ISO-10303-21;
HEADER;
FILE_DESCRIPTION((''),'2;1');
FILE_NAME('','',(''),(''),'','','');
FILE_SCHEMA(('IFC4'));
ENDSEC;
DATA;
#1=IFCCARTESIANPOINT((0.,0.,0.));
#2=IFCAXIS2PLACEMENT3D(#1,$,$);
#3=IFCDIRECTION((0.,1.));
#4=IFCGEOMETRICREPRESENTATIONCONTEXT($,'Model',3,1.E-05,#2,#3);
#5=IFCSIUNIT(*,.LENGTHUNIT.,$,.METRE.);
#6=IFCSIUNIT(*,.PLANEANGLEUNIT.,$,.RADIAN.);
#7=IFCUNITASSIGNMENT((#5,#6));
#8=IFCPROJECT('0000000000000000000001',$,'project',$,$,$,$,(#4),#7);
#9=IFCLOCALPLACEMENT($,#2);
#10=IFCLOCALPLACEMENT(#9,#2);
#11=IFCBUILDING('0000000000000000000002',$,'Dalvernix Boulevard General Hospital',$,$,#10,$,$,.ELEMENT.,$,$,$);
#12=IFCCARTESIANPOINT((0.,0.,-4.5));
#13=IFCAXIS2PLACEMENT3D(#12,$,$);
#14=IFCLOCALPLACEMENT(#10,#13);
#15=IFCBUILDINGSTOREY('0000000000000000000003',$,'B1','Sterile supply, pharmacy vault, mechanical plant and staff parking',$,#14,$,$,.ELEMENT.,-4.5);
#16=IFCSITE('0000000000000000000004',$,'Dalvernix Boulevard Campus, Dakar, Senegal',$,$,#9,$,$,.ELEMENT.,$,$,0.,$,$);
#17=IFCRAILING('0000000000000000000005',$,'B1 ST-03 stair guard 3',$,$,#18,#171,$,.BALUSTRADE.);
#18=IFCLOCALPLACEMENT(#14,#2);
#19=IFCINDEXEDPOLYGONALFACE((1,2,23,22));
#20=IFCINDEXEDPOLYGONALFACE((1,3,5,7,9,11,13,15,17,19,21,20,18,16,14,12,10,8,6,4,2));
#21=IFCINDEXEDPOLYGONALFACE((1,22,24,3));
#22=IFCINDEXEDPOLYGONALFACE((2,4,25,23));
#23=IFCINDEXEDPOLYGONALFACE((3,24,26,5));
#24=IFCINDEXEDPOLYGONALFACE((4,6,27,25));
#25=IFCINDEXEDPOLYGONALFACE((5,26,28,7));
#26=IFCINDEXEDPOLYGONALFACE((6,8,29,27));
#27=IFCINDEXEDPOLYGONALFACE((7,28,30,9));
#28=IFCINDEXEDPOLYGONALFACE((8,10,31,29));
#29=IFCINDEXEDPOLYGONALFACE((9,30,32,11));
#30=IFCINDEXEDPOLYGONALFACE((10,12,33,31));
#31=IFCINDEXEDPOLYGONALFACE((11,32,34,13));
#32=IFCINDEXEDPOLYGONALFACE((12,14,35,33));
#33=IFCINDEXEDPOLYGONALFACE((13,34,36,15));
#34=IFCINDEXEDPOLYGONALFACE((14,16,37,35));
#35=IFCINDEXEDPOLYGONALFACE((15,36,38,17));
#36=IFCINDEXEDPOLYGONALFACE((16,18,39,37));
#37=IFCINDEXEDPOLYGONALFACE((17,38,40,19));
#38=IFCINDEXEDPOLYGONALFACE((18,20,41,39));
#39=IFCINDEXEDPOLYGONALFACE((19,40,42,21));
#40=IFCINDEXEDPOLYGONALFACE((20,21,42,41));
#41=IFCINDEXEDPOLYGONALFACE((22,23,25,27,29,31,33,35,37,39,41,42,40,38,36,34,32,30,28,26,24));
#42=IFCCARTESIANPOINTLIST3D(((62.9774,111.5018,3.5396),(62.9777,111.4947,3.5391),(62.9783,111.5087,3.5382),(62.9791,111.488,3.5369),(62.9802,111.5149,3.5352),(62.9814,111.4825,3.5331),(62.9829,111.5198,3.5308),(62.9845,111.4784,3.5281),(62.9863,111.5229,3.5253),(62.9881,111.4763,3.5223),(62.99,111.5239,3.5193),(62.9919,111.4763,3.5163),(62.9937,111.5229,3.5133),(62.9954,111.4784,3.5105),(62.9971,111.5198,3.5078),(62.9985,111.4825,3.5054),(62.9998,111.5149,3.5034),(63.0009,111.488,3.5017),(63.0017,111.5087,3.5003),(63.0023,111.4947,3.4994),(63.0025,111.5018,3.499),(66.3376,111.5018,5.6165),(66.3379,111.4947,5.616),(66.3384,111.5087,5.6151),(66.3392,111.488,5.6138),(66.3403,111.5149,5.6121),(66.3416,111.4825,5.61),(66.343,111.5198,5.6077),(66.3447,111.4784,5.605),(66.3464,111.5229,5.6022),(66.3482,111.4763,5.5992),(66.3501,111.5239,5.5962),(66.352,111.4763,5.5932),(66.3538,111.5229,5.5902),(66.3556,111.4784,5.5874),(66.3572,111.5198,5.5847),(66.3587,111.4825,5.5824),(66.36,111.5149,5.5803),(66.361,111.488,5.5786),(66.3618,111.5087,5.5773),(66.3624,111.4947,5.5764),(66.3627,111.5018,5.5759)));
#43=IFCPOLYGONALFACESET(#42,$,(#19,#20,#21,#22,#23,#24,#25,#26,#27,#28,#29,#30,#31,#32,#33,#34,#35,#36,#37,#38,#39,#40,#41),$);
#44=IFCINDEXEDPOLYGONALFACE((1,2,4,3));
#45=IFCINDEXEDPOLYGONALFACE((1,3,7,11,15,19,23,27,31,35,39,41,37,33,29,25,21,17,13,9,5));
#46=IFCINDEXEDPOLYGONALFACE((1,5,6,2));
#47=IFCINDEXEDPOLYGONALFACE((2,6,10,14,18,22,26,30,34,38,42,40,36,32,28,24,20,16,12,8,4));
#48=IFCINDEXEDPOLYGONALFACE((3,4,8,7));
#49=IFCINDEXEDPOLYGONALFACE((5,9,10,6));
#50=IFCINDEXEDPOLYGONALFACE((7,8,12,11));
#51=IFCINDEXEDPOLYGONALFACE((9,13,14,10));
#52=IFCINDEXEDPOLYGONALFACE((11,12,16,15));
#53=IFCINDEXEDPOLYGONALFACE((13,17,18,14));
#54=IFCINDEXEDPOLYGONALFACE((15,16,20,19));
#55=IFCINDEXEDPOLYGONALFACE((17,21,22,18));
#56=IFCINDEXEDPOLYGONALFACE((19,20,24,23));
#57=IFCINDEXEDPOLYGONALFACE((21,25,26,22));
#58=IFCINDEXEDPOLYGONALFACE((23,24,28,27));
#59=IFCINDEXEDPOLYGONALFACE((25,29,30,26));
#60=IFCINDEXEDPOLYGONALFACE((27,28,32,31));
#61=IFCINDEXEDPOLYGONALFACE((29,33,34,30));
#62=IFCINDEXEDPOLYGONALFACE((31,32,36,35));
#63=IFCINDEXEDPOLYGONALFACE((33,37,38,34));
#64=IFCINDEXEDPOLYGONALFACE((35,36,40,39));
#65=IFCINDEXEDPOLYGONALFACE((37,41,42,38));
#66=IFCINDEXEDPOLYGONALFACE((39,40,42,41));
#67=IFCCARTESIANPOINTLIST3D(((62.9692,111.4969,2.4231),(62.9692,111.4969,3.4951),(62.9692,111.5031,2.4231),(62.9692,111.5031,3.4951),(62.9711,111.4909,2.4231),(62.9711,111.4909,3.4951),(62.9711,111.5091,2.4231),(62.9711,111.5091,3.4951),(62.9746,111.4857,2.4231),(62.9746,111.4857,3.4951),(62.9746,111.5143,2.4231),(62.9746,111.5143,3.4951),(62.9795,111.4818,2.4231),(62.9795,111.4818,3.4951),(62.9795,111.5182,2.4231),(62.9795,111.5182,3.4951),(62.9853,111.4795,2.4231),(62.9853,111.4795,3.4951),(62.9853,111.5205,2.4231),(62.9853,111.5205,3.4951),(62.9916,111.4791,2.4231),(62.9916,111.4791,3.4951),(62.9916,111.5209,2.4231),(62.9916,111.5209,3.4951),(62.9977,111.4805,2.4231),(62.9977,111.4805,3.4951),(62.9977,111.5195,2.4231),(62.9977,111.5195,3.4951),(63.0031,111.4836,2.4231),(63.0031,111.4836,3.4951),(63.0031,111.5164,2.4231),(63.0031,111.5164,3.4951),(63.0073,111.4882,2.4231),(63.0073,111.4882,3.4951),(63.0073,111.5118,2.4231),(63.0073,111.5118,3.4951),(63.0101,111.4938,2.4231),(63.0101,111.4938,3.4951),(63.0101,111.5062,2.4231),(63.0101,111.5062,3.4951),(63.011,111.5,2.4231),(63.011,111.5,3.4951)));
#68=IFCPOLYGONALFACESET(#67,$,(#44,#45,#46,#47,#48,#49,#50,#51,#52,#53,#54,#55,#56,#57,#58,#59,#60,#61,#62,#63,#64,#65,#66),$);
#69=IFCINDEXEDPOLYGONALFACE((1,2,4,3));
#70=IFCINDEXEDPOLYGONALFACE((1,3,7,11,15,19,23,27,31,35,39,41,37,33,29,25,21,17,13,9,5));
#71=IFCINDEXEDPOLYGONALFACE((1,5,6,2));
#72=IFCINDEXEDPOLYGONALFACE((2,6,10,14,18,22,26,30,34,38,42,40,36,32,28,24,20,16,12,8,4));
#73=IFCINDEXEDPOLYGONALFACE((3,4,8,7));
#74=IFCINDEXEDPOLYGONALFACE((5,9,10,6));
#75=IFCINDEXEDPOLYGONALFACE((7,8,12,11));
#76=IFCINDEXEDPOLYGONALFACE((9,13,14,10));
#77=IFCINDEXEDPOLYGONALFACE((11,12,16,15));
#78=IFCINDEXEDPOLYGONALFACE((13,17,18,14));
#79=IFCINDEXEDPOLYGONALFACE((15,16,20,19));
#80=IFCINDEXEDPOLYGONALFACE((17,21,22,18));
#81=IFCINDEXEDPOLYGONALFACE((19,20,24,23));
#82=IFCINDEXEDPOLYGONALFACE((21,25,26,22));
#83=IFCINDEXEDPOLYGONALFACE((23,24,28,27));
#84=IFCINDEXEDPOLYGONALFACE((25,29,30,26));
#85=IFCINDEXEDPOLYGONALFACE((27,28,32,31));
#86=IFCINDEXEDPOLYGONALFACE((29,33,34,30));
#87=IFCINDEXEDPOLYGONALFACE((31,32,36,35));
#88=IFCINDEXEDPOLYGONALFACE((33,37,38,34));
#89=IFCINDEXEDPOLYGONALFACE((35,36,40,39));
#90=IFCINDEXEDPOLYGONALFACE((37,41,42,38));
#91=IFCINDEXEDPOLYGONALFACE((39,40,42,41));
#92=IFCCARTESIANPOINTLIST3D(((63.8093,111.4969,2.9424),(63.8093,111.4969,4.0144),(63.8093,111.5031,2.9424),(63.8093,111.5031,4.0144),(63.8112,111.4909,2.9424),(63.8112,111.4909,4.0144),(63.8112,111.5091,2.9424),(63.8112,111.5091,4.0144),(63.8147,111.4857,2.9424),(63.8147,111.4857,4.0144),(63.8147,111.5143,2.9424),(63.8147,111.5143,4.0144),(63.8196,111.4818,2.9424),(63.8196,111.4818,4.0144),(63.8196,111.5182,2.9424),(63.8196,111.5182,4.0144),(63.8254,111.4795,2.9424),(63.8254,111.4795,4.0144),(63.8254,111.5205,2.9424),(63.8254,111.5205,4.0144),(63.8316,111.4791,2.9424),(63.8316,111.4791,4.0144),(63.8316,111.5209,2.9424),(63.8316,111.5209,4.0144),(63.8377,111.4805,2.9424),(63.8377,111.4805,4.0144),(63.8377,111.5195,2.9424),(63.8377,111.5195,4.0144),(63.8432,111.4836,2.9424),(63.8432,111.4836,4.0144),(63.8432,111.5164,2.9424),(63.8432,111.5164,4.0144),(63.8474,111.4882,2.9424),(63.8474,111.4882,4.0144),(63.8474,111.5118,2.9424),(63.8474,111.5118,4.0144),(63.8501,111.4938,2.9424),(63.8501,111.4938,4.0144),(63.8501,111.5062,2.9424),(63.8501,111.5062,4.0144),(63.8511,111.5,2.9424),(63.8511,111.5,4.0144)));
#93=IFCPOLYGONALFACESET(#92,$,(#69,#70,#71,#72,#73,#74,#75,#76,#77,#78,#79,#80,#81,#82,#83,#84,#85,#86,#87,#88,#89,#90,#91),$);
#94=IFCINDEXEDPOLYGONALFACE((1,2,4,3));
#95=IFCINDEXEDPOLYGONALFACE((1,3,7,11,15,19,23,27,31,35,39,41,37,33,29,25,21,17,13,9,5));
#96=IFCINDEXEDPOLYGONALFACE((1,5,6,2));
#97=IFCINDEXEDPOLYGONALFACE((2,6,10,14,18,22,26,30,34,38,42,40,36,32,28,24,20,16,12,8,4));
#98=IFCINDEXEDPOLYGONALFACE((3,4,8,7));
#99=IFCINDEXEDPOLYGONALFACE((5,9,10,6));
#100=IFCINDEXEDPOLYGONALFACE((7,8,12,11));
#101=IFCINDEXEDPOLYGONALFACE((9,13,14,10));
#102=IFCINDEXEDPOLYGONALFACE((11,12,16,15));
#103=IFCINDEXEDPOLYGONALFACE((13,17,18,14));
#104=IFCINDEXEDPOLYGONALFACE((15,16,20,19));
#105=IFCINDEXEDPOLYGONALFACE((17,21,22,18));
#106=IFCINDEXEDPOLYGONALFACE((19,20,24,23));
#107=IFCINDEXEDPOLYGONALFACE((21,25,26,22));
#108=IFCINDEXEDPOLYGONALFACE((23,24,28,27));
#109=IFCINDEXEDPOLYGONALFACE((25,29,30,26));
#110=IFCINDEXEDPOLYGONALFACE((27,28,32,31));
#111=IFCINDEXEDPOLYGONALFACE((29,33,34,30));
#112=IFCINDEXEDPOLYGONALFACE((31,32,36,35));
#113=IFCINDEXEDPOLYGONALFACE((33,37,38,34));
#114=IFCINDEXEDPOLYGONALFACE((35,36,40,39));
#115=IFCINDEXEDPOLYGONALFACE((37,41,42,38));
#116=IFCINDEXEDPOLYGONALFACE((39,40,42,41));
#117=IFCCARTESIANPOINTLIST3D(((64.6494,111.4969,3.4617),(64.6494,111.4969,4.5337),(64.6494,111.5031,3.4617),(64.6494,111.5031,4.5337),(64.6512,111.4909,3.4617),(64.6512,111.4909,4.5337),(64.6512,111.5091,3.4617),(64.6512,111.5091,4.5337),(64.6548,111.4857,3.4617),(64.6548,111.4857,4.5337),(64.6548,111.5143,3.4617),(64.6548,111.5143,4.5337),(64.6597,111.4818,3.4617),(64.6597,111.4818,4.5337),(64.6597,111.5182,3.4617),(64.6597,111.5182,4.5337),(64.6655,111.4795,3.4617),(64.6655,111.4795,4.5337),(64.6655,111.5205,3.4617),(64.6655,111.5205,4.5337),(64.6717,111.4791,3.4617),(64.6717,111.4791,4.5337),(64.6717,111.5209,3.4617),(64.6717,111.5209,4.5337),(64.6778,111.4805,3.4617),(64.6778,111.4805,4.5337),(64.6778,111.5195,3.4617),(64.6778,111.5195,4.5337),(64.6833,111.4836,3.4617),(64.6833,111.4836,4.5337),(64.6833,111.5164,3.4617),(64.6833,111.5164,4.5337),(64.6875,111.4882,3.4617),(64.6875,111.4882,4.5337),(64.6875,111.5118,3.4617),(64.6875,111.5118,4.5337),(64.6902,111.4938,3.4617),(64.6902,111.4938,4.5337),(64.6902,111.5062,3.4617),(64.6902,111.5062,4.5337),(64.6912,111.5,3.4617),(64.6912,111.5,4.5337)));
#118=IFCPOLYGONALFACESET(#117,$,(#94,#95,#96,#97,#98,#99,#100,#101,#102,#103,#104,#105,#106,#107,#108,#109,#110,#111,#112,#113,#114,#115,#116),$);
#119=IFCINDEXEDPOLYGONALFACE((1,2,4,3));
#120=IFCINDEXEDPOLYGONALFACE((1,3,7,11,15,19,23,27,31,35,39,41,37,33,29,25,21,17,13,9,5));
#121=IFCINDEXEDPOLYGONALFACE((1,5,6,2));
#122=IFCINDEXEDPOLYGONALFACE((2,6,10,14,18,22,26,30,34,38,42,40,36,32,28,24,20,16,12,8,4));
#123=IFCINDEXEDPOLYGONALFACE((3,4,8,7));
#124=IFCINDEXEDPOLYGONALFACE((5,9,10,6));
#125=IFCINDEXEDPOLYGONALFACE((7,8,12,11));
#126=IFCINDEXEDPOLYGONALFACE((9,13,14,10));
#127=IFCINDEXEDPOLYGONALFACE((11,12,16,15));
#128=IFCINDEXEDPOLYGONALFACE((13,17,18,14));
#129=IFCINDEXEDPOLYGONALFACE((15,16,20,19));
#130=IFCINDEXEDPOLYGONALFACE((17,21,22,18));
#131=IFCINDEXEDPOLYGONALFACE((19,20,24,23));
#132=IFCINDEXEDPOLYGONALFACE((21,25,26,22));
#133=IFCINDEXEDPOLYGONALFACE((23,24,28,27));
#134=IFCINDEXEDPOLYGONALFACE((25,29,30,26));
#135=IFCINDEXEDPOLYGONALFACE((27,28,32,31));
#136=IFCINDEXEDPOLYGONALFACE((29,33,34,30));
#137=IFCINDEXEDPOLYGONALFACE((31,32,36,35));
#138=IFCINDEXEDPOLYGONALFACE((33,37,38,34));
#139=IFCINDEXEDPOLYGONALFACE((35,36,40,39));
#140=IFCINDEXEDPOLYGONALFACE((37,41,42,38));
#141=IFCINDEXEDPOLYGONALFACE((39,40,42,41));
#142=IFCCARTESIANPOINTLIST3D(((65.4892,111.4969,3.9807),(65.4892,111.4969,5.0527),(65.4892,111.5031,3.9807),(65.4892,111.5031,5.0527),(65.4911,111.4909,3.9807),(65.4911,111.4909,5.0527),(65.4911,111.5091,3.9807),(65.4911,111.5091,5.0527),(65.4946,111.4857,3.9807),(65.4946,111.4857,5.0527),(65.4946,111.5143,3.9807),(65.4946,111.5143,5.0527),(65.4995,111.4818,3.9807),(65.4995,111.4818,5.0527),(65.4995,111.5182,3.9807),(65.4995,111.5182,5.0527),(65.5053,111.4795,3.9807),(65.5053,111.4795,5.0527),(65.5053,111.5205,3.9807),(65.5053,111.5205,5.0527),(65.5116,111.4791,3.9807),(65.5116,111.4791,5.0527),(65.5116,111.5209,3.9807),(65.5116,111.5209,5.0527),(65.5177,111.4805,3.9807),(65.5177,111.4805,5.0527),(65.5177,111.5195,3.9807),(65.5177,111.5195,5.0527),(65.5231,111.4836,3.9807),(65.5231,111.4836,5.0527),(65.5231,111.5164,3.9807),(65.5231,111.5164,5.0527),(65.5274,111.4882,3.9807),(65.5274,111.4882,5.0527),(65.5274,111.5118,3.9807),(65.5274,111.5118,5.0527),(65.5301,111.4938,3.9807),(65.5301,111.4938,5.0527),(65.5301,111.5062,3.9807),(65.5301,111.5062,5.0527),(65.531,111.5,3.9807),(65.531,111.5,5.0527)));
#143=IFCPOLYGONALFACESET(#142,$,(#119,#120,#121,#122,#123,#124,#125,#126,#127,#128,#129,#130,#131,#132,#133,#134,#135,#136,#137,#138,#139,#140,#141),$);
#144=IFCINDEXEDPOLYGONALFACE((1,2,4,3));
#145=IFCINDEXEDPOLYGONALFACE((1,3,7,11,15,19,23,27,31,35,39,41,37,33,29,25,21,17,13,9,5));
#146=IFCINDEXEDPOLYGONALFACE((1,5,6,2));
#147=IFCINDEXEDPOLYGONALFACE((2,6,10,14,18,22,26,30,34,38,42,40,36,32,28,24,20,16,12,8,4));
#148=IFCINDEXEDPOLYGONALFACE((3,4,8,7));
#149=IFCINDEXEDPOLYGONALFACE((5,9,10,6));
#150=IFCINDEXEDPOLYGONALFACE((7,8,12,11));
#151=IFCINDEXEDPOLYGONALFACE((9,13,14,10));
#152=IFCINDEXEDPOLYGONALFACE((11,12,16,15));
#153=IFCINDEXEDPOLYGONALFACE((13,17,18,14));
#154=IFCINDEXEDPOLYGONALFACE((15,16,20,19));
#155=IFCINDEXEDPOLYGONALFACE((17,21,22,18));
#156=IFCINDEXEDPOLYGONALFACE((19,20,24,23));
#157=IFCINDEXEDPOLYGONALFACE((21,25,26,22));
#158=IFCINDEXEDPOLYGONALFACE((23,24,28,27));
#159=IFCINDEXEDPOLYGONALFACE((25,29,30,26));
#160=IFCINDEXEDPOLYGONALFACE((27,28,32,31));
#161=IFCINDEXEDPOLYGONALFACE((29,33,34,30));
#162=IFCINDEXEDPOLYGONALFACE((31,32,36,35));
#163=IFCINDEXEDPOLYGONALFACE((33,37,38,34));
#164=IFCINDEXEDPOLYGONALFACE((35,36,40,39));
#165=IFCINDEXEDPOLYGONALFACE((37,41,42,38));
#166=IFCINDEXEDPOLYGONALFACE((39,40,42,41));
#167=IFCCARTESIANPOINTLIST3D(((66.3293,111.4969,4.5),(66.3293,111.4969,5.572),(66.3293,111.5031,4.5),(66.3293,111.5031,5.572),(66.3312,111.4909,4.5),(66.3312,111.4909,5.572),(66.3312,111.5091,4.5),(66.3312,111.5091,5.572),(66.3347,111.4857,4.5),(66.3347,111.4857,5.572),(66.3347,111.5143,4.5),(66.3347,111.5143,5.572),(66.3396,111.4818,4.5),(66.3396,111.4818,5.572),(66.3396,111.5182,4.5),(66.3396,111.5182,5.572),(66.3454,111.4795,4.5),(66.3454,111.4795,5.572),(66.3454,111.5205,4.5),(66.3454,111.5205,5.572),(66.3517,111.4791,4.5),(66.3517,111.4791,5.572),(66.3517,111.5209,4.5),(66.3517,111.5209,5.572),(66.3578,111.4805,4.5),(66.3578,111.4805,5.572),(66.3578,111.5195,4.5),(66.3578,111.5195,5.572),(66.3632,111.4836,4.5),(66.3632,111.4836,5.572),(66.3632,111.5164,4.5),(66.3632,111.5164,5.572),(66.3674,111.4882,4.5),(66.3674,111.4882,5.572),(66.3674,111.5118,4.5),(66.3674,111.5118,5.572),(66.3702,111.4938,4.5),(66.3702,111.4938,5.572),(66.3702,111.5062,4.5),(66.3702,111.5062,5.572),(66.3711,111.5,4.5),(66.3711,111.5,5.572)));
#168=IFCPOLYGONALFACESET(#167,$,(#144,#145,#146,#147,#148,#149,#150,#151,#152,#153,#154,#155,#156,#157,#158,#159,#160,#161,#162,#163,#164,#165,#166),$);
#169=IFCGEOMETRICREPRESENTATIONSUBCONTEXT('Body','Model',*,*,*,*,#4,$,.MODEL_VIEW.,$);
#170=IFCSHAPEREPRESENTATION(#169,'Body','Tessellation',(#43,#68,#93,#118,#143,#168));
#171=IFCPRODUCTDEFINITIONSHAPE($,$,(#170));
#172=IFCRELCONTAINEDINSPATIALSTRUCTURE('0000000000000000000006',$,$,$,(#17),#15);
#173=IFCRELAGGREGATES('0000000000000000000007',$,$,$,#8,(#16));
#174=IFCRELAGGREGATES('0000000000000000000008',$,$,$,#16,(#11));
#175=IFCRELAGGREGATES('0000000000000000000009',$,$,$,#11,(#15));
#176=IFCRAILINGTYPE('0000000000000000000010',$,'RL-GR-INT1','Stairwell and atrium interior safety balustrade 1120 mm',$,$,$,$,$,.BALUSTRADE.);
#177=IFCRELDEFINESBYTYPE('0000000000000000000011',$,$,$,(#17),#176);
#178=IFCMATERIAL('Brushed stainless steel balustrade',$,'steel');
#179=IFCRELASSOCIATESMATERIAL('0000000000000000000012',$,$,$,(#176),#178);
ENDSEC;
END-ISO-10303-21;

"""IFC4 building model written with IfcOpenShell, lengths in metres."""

from ifc_helpers import new_model, si_unit, direction, frame, origin, origin_2d, place, context, subcontext, project, spatial, circle, extrude, material, type_object, element, save


model = new_model("IFC4")

# Units and contexts
model_context = context("Model", 3, precision=1e-05, world=origin(), true_north=direction((0.0, 1.0)))
body_context = subcontext(model_context, "Body", "Model", "MODEL_VIEW")
ifc_project = project(units=[si_unit("LENGTHUNIT", "METRE"), si_unit("PLANEANGLEUNIT", "RADIAN")], contexts=[model_context])

# Site, building, storey
site_placement = place(None, origin())
site = spatial("IfcSite", under=ifc_project, at=site_placement, Name="Dalvernix Boulevard Campus, Dakar, Senegal", CompositionType="ELEMENT", RefElevation=0.0)
building_placement = place(site_placement, origin())
building = spatial("IfcBuilding", under=site, at=building_placement, Name="Dalvernix Boulevard General Hospital", CompositionType="ELEMENT")
storey_placement = place(building_placement, frame((0.0, 0.0, -4.5)))
storey = spatial("IfcBuildingStorey", under=building, at=storey_placement, Name="B1", Description="Sterile supply, pharmacy vault, mechanical plant and staff parking", CompositionType="ELEMENT", Elevation=-4.5)

# Railing
ifc_material_1 = material(Name="Brushed stainless steel balustrade", Category="steel")
railing_type_1 = type_object("IfcRailingType", Name="RL-GR-INT1", Description="Stairwell and atrium interior safety balustrade 1120 mm", PredefinedType="BALUSTRADE", material=ifc_material_1)
railing_1_placement = place(storey_placement, frame((62.99, 111.5, 2.4231)))
element("IfcRailing", 1, at=railing_1_placement, inside=storey, type_object=railing_type_1, Name="B1 ST-03 stair guard 3", PredefinedType="BALUSTRADE", context=body_context, shape_type="SweptSolid", body=[
    extrude(circle(Radius=0.0239, at=origin_2d()), frame((0.0, 0.0, 1.0962), z_axis=(0.850623, 0.0, 0.525776), x_axis=(0.0, 1.0, 0.0)), (0.0, 0.0, 1.0), 3.9502),
    extrude(circle(Radius=0.021, at=origin_2d()), origin(), (0.0, 0.0, 1.0), 1.072),
    extrude(circle(Radius=0.021, at=origin_2d()), frame((0.8401, 0.0, 0.5193)), (0.0, 0.0, 1.0), 1.072),
    extrude(circle(Radius=0.021, at=origin_2d()), frame((1.6802, 0.0, 1.0386)), (0.0, 0.0, 1.0), 1.072),
    extrude(circle(Radius=0.021, at=origin_2d()), frame((2.52, 0.0, 1.5576)), (0.0, 0.0, 1.0), 1.072),
    extrude(circle(Radius=0.021, at=origin_2d()), frame((3.3601, 0.0, 2.0769)), (0.0, 0.0, 1.0), 1.072),
])

save(model, "model.ifc")
